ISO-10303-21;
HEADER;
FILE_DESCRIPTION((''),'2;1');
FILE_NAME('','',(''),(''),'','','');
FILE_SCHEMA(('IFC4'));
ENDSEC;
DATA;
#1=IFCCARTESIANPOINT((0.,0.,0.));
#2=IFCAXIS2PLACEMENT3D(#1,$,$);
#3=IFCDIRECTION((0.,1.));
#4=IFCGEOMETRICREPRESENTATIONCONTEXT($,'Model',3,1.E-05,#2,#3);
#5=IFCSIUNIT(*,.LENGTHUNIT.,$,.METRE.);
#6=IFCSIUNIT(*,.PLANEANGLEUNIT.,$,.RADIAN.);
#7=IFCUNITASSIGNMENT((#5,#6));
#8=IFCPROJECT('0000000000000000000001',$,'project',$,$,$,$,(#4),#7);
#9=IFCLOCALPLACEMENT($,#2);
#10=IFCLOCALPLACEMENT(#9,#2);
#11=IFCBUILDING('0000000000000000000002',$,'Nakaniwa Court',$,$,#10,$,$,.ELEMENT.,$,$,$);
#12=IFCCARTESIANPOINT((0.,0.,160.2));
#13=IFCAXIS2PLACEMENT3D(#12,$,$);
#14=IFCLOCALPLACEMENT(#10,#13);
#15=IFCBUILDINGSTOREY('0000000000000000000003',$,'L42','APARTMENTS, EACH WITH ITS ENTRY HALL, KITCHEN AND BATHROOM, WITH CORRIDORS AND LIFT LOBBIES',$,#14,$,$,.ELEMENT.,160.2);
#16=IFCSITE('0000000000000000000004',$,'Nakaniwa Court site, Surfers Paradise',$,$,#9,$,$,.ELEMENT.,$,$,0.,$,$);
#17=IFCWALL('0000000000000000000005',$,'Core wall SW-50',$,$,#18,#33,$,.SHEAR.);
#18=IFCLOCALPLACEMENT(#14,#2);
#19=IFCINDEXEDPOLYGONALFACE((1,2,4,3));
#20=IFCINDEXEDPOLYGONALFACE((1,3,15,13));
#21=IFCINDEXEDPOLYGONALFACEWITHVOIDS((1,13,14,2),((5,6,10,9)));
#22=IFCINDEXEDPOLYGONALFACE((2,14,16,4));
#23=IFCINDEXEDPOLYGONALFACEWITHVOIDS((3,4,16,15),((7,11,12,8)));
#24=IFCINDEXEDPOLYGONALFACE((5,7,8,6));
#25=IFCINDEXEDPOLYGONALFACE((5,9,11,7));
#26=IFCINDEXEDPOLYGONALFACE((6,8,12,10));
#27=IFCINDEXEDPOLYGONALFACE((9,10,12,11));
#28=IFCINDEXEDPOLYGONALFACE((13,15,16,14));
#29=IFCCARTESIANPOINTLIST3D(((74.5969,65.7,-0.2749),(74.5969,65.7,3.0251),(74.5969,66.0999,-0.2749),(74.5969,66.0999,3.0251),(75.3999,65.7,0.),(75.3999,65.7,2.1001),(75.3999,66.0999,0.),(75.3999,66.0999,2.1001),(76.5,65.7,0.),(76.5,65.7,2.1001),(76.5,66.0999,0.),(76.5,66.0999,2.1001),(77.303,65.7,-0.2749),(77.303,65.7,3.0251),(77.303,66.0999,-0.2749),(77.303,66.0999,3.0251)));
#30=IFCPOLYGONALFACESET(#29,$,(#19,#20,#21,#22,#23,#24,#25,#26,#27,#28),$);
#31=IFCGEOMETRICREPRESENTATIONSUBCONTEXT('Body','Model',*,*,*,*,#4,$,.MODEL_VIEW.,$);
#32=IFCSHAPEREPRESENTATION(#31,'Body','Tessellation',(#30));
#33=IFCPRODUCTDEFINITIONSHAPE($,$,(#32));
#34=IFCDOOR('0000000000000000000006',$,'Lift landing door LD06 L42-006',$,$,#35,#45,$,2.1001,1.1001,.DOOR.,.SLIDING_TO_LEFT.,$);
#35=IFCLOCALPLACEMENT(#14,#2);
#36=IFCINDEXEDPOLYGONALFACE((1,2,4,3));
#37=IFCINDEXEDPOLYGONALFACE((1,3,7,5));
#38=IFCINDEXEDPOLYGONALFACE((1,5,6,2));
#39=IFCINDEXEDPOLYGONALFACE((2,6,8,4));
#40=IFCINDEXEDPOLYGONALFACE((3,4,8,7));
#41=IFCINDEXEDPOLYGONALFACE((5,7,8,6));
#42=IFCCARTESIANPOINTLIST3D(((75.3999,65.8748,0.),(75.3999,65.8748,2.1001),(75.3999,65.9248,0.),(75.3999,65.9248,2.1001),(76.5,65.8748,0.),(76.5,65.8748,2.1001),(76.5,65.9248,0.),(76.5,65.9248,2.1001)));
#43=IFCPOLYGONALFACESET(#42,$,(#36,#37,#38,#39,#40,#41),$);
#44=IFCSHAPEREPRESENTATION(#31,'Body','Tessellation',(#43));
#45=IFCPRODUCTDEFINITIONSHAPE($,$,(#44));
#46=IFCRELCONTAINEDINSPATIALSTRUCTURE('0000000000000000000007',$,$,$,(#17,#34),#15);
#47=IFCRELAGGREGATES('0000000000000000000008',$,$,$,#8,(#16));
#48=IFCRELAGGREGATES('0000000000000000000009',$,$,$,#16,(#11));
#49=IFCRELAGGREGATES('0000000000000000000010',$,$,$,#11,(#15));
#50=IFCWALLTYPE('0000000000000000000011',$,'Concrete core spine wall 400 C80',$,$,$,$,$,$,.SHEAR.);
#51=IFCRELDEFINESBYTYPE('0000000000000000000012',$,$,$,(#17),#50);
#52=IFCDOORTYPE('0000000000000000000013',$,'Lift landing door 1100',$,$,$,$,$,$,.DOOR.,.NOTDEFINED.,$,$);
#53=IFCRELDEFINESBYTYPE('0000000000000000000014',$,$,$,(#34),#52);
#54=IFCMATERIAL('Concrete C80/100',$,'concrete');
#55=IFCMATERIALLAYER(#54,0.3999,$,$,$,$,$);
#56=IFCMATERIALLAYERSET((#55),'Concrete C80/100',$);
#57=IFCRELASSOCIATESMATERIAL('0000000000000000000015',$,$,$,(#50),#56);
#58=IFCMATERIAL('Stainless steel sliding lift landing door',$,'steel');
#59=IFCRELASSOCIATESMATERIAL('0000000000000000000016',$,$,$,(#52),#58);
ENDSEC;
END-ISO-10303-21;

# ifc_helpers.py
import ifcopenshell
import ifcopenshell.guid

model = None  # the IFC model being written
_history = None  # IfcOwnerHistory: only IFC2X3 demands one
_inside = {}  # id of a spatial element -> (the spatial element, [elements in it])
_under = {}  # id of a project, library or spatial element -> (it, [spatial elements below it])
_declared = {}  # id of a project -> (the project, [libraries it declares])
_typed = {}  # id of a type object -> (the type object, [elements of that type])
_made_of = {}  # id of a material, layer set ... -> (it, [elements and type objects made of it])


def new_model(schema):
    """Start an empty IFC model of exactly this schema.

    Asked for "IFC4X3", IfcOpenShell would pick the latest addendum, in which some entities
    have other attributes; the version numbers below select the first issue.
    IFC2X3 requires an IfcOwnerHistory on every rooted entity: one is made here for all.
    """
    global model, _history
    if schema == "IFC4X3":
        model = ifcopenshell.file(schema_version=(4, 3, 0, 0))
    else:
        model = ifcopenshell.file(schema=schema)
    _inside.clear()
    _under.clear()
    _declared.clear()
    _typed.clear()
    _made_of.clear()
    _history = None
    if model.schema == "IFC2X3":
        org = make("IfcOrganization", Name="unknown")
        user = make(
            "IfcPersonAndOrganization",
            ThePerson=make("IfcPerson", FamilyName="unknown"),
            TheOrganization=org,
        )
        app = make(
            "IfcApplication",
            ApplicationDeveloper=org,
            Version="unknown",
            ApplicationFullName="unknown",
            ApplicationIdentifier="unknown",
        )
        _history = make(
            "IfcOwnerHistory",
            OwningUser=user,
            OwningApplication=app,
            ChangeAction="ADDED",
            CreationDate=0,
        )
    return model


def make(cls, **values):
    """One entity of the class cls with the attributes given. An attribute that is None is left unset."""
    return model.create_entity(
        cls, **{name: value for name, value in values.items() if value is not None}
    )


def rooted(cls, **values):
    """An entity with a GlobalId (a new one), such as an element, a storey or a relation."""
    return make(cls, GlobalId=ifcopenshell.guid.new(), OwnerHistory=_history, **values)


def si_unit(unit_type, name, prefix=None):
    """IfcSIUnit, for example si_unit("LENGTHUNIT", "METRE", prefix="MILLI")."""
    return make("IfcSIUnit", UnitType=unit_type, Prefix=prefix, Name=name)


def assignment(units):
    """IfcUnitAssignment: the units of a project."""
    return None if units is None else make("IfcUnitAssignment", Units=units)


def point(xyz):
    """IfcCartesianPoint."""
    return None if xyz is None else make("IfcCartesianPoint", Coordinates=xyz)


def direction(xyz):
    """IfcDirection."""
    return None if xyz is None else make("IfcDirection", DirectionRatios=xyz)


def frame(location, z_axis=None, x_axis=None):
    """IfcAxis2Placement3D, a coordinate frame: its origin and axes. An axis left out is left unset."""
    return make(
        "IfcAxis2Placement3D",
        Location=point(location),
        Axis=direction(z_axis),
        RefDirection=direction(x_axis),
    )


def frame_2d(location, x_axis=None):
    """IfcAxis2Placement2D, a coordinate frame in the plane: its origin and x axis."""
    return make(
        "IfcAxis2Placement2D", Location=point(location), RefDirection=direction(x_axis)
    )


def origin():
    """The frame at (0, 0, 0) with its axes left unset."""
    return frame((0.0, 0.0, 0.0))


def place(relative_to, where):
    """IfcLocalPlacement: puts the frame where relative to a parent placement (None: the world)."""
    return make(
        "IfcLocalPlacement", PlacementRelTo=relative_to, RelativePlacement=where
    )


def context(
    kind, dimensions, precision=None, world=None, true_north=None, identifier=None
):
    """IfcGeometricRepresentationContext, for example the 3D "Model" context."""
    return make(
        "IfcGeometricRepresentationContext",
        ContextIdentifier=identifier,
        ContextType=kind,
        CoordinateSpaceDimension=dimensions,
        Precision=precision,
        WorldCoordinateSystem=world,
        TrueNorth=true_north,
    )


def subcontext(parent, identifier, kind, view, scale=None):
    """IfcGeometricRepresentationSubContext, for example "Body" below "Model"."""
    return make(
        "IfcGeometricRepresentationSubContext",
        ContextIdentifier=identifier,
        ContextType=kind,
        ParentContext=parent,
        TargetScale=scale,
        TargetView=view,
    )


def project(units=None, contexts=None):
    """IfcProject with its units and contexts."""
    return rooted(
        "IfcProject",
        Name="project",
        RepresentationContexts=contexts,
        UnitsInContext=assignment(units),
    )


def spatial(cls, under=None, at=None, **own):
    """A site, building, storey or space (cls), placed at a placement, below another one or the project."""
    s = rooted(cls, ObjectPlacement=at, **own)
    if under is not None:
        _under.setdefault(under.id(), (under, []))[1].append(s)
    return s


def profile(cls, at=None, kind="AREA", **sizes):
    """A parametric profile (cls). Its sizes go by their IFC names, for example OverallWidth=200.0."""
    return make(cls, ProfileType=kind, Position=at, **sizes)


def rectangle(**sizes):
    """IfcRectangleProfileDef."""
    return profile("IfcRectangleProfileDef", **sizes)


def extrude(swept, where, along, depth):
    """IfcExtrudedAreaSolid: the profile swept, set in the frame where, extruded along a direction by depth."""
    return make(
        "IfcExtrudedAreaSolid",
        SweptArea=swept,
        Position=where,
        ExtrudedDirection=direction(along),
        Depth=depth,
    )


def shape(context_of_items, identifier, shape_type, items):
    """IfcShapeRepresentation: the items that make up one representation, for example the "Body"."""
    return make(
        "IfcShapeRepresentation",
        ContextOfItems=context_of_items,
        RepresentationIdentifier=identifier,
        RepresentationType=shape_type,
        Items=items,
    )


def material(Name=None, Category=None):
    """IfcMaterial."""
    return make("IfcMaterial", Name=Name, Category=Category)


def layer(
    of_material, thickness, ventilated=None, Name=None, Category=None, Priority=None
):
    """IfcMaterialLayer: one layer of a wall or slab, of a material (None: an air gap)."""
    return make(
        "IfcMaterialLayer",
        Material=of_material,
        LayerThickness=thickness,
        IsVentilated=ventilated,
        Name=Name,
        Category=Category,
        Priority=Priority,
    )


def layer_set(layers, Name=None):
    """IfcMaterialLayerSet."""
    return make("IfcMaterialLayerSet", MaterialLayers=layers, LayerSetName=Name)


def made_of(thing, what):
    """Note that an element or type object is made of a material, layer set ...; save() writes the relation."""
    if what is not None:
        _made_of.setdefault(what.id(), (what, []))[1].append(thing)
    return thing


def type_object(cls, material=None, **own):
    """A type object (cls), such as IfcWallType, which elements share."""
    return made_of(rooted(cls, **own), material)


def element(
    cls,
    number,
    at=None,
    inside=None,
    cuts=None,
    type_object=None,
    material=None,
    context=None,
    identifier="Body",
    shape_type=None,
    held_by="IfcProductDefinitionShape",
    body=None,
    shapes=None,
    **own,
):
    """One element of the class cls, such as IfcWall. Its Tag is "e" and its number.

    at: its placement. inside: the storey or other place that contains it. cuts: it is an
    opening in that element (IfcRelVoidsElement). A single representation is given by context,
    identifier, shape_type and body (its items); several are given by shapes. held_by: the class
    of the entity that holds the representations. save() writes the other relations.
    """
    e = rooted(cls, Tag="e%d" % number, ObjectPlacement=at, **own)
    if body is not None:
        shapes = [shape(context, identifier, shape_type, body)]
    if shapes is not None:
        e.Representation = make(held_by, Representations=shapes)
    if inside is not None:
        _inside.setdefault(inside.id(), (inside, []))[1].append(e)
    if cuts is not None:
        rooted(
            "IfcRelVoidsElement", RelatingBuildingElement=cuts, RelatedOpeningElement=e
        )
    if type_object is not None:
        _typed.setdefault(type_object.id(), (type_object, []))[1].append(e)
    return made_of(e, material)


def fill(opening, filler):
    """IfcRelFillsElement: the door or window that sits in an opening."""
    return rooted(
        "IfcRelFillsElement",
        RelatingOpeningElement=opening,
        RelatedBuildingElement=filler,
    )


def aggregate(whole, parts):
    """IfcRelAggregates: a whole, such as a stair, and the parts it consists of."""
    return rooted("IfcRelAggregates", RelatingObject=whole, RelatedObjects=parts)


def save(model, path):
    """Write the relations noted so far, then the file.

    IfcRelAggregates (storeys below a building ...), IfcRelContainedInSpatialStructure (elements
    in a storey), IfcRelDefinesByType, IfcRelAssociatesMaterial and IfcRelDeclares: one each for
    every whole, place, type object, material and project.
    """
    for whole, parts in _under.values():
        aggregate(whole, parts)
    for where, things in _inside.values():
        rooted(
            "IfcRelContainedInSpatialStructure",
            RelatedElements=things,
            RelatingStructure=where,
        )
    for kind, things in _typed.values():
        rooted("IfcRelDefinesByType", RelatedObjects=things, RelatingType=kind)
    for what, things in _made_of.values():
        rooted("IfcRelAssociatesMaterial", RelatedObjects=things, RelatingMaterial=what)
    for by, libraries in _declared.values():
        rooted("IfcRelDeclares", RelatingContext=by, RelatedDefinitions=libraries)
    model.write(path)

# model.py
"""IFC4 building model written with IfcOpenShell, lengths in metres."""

from ifc_helpers import new_model, si_unit, direction, frame, frame_2d, origin, place, context, subcontext, project, spatial, rectangle, extrude, material, layer, layer_set, type_object, element, fill, save


model = new_model("IFC4")

# Units and contexts
model_context = context("Model", 3, precision=1e-05, world=origin(), true_north=direction((0.0, 1.0)))
body_context = subcontext(model_context, "Body", "Model", "MODEL_VIEW")
ifc_project = project(units=[si_unit("LENGTHUNIT", "METRE"), si_unit("PLANEANGLEUNIT", "RADIAN")], contexts=[model_context])

# Site, building, storey
site_placement = place(None, origin())
site = spatial("IfcSite", under=ifc_project, at=site_placement, Name="Nakaniwa Court site, Surfers Paradise", CompositionType="ELEMENT", RefElevation=0.0)
building_placement = place(site_placement, origin())
building = spatial("IfcBuilding", under=site, at=building_placement, Name="Nakaniwa Court", CompositionType="ELEMENT")
storey_placement = place(building_placement, frame((0.0, 0.0, 160.2)))
storey = spatial("IfcBuildingStorey", under=building, at=storey_placement, Name="L42", Description="APARTMENTS, EACH WITH ITS ENTRY HALL, KITCHEN AND BATHROOM, WITH CORRIDORS AND LIFT LOBBIES", CompositionType="ELEMENT", Elevation=160.2)

# Shared definitions
ifc_material_1 = material(Name="Concrete C80/100", Category="concrete")

# Wall, opening, door
ifc_layer_1 = layer(ifc_material_1, 0.3999)
ifc_layer_set_1 = layer_set([ifc_layer_1], Name="Concrete C80/100")
wall_type_1 = type_object("IfcWallType", Name="Concrete core spine wall 400 C80", PredefinedType="SHEAR", material=ifc_layer_set_1)
wall_1_placement = place(storey_placement, frame((74.5969, 65.8999, -0.2749), z_axis=(0.0, 0.0, 1.0), x_axis=(1.0, 0.0, 0.0)))
wall_1 = element("IfcWall", 1, at=wall_1_placement, inside=storey, type_object=wall_type_1, Name="Core wall SW-50", PredefinedType="SHEAR", context=body_context, shape_type="SweptSolid", body=[
    extrude(rectangle(XDim=2.7061, YDim=0.3999, at=frame_2d((1.353, 0.0))), origin(), (0.0, 0.0, 1.0), 3.3),
])
opening_1_placement = place(wall_1_placement, frame((0.803, 0.0, 0.2749)))
opening_1 = element("IfcOpeningElement", 2, at=opening_1_placement, cuts=wall_1, PredefinedType="OPENING", context=body_context, shape_type="SweptSolid", body=[
    extrude(rectangle(XDim=1.1001, YDim=2.1001, at=frame_2d((0.55, 1.05))), frame((0.0, 0.21, 0.0), z_axis=(0.0, -1.0, 0.0), x_axis=(1.0, 0.0, 0.0)), (0.0, 0.0, 1.0), 0.4199),
])
ifc_material_2 = material(Name="Stainless steel sliding lift landing door", Category="steel")
door_type_1 = type_object("IfcDoorType", Name="Lift landing door 1100", OperationType="NOTDEFINED", PredefinedType="DOOR", material=ifc_material_2)
door_1_placement = place(opening_1_placement, origin())
door_1 = element("IfcDoor", 3, at=door_1_placement, inside=storey, type_object=door_type_1, Name="Lift landing door LD06 L42-006", OperationType="SLIDING_TO_LEFT", OverallHeight=2.1001, OverallWidth=1.1001, PredefinedType="DOOR", context=body_context, shape_type="SweptSolid", body=[
    extrude(rectangle(XDim=1.1001, YDim=2.1001, at=frame_2d((0.55, 1.05))), frame((0.0, 0.0249, 0.0), z_axis=(0.0, -1.0, 0.0), x_axis=(1.0, 0.0, 0.0)), (0.0, 0.0, 1.0), 0.05),
])
fill(opening_1, door_1)

save(model, "model.ifc")
